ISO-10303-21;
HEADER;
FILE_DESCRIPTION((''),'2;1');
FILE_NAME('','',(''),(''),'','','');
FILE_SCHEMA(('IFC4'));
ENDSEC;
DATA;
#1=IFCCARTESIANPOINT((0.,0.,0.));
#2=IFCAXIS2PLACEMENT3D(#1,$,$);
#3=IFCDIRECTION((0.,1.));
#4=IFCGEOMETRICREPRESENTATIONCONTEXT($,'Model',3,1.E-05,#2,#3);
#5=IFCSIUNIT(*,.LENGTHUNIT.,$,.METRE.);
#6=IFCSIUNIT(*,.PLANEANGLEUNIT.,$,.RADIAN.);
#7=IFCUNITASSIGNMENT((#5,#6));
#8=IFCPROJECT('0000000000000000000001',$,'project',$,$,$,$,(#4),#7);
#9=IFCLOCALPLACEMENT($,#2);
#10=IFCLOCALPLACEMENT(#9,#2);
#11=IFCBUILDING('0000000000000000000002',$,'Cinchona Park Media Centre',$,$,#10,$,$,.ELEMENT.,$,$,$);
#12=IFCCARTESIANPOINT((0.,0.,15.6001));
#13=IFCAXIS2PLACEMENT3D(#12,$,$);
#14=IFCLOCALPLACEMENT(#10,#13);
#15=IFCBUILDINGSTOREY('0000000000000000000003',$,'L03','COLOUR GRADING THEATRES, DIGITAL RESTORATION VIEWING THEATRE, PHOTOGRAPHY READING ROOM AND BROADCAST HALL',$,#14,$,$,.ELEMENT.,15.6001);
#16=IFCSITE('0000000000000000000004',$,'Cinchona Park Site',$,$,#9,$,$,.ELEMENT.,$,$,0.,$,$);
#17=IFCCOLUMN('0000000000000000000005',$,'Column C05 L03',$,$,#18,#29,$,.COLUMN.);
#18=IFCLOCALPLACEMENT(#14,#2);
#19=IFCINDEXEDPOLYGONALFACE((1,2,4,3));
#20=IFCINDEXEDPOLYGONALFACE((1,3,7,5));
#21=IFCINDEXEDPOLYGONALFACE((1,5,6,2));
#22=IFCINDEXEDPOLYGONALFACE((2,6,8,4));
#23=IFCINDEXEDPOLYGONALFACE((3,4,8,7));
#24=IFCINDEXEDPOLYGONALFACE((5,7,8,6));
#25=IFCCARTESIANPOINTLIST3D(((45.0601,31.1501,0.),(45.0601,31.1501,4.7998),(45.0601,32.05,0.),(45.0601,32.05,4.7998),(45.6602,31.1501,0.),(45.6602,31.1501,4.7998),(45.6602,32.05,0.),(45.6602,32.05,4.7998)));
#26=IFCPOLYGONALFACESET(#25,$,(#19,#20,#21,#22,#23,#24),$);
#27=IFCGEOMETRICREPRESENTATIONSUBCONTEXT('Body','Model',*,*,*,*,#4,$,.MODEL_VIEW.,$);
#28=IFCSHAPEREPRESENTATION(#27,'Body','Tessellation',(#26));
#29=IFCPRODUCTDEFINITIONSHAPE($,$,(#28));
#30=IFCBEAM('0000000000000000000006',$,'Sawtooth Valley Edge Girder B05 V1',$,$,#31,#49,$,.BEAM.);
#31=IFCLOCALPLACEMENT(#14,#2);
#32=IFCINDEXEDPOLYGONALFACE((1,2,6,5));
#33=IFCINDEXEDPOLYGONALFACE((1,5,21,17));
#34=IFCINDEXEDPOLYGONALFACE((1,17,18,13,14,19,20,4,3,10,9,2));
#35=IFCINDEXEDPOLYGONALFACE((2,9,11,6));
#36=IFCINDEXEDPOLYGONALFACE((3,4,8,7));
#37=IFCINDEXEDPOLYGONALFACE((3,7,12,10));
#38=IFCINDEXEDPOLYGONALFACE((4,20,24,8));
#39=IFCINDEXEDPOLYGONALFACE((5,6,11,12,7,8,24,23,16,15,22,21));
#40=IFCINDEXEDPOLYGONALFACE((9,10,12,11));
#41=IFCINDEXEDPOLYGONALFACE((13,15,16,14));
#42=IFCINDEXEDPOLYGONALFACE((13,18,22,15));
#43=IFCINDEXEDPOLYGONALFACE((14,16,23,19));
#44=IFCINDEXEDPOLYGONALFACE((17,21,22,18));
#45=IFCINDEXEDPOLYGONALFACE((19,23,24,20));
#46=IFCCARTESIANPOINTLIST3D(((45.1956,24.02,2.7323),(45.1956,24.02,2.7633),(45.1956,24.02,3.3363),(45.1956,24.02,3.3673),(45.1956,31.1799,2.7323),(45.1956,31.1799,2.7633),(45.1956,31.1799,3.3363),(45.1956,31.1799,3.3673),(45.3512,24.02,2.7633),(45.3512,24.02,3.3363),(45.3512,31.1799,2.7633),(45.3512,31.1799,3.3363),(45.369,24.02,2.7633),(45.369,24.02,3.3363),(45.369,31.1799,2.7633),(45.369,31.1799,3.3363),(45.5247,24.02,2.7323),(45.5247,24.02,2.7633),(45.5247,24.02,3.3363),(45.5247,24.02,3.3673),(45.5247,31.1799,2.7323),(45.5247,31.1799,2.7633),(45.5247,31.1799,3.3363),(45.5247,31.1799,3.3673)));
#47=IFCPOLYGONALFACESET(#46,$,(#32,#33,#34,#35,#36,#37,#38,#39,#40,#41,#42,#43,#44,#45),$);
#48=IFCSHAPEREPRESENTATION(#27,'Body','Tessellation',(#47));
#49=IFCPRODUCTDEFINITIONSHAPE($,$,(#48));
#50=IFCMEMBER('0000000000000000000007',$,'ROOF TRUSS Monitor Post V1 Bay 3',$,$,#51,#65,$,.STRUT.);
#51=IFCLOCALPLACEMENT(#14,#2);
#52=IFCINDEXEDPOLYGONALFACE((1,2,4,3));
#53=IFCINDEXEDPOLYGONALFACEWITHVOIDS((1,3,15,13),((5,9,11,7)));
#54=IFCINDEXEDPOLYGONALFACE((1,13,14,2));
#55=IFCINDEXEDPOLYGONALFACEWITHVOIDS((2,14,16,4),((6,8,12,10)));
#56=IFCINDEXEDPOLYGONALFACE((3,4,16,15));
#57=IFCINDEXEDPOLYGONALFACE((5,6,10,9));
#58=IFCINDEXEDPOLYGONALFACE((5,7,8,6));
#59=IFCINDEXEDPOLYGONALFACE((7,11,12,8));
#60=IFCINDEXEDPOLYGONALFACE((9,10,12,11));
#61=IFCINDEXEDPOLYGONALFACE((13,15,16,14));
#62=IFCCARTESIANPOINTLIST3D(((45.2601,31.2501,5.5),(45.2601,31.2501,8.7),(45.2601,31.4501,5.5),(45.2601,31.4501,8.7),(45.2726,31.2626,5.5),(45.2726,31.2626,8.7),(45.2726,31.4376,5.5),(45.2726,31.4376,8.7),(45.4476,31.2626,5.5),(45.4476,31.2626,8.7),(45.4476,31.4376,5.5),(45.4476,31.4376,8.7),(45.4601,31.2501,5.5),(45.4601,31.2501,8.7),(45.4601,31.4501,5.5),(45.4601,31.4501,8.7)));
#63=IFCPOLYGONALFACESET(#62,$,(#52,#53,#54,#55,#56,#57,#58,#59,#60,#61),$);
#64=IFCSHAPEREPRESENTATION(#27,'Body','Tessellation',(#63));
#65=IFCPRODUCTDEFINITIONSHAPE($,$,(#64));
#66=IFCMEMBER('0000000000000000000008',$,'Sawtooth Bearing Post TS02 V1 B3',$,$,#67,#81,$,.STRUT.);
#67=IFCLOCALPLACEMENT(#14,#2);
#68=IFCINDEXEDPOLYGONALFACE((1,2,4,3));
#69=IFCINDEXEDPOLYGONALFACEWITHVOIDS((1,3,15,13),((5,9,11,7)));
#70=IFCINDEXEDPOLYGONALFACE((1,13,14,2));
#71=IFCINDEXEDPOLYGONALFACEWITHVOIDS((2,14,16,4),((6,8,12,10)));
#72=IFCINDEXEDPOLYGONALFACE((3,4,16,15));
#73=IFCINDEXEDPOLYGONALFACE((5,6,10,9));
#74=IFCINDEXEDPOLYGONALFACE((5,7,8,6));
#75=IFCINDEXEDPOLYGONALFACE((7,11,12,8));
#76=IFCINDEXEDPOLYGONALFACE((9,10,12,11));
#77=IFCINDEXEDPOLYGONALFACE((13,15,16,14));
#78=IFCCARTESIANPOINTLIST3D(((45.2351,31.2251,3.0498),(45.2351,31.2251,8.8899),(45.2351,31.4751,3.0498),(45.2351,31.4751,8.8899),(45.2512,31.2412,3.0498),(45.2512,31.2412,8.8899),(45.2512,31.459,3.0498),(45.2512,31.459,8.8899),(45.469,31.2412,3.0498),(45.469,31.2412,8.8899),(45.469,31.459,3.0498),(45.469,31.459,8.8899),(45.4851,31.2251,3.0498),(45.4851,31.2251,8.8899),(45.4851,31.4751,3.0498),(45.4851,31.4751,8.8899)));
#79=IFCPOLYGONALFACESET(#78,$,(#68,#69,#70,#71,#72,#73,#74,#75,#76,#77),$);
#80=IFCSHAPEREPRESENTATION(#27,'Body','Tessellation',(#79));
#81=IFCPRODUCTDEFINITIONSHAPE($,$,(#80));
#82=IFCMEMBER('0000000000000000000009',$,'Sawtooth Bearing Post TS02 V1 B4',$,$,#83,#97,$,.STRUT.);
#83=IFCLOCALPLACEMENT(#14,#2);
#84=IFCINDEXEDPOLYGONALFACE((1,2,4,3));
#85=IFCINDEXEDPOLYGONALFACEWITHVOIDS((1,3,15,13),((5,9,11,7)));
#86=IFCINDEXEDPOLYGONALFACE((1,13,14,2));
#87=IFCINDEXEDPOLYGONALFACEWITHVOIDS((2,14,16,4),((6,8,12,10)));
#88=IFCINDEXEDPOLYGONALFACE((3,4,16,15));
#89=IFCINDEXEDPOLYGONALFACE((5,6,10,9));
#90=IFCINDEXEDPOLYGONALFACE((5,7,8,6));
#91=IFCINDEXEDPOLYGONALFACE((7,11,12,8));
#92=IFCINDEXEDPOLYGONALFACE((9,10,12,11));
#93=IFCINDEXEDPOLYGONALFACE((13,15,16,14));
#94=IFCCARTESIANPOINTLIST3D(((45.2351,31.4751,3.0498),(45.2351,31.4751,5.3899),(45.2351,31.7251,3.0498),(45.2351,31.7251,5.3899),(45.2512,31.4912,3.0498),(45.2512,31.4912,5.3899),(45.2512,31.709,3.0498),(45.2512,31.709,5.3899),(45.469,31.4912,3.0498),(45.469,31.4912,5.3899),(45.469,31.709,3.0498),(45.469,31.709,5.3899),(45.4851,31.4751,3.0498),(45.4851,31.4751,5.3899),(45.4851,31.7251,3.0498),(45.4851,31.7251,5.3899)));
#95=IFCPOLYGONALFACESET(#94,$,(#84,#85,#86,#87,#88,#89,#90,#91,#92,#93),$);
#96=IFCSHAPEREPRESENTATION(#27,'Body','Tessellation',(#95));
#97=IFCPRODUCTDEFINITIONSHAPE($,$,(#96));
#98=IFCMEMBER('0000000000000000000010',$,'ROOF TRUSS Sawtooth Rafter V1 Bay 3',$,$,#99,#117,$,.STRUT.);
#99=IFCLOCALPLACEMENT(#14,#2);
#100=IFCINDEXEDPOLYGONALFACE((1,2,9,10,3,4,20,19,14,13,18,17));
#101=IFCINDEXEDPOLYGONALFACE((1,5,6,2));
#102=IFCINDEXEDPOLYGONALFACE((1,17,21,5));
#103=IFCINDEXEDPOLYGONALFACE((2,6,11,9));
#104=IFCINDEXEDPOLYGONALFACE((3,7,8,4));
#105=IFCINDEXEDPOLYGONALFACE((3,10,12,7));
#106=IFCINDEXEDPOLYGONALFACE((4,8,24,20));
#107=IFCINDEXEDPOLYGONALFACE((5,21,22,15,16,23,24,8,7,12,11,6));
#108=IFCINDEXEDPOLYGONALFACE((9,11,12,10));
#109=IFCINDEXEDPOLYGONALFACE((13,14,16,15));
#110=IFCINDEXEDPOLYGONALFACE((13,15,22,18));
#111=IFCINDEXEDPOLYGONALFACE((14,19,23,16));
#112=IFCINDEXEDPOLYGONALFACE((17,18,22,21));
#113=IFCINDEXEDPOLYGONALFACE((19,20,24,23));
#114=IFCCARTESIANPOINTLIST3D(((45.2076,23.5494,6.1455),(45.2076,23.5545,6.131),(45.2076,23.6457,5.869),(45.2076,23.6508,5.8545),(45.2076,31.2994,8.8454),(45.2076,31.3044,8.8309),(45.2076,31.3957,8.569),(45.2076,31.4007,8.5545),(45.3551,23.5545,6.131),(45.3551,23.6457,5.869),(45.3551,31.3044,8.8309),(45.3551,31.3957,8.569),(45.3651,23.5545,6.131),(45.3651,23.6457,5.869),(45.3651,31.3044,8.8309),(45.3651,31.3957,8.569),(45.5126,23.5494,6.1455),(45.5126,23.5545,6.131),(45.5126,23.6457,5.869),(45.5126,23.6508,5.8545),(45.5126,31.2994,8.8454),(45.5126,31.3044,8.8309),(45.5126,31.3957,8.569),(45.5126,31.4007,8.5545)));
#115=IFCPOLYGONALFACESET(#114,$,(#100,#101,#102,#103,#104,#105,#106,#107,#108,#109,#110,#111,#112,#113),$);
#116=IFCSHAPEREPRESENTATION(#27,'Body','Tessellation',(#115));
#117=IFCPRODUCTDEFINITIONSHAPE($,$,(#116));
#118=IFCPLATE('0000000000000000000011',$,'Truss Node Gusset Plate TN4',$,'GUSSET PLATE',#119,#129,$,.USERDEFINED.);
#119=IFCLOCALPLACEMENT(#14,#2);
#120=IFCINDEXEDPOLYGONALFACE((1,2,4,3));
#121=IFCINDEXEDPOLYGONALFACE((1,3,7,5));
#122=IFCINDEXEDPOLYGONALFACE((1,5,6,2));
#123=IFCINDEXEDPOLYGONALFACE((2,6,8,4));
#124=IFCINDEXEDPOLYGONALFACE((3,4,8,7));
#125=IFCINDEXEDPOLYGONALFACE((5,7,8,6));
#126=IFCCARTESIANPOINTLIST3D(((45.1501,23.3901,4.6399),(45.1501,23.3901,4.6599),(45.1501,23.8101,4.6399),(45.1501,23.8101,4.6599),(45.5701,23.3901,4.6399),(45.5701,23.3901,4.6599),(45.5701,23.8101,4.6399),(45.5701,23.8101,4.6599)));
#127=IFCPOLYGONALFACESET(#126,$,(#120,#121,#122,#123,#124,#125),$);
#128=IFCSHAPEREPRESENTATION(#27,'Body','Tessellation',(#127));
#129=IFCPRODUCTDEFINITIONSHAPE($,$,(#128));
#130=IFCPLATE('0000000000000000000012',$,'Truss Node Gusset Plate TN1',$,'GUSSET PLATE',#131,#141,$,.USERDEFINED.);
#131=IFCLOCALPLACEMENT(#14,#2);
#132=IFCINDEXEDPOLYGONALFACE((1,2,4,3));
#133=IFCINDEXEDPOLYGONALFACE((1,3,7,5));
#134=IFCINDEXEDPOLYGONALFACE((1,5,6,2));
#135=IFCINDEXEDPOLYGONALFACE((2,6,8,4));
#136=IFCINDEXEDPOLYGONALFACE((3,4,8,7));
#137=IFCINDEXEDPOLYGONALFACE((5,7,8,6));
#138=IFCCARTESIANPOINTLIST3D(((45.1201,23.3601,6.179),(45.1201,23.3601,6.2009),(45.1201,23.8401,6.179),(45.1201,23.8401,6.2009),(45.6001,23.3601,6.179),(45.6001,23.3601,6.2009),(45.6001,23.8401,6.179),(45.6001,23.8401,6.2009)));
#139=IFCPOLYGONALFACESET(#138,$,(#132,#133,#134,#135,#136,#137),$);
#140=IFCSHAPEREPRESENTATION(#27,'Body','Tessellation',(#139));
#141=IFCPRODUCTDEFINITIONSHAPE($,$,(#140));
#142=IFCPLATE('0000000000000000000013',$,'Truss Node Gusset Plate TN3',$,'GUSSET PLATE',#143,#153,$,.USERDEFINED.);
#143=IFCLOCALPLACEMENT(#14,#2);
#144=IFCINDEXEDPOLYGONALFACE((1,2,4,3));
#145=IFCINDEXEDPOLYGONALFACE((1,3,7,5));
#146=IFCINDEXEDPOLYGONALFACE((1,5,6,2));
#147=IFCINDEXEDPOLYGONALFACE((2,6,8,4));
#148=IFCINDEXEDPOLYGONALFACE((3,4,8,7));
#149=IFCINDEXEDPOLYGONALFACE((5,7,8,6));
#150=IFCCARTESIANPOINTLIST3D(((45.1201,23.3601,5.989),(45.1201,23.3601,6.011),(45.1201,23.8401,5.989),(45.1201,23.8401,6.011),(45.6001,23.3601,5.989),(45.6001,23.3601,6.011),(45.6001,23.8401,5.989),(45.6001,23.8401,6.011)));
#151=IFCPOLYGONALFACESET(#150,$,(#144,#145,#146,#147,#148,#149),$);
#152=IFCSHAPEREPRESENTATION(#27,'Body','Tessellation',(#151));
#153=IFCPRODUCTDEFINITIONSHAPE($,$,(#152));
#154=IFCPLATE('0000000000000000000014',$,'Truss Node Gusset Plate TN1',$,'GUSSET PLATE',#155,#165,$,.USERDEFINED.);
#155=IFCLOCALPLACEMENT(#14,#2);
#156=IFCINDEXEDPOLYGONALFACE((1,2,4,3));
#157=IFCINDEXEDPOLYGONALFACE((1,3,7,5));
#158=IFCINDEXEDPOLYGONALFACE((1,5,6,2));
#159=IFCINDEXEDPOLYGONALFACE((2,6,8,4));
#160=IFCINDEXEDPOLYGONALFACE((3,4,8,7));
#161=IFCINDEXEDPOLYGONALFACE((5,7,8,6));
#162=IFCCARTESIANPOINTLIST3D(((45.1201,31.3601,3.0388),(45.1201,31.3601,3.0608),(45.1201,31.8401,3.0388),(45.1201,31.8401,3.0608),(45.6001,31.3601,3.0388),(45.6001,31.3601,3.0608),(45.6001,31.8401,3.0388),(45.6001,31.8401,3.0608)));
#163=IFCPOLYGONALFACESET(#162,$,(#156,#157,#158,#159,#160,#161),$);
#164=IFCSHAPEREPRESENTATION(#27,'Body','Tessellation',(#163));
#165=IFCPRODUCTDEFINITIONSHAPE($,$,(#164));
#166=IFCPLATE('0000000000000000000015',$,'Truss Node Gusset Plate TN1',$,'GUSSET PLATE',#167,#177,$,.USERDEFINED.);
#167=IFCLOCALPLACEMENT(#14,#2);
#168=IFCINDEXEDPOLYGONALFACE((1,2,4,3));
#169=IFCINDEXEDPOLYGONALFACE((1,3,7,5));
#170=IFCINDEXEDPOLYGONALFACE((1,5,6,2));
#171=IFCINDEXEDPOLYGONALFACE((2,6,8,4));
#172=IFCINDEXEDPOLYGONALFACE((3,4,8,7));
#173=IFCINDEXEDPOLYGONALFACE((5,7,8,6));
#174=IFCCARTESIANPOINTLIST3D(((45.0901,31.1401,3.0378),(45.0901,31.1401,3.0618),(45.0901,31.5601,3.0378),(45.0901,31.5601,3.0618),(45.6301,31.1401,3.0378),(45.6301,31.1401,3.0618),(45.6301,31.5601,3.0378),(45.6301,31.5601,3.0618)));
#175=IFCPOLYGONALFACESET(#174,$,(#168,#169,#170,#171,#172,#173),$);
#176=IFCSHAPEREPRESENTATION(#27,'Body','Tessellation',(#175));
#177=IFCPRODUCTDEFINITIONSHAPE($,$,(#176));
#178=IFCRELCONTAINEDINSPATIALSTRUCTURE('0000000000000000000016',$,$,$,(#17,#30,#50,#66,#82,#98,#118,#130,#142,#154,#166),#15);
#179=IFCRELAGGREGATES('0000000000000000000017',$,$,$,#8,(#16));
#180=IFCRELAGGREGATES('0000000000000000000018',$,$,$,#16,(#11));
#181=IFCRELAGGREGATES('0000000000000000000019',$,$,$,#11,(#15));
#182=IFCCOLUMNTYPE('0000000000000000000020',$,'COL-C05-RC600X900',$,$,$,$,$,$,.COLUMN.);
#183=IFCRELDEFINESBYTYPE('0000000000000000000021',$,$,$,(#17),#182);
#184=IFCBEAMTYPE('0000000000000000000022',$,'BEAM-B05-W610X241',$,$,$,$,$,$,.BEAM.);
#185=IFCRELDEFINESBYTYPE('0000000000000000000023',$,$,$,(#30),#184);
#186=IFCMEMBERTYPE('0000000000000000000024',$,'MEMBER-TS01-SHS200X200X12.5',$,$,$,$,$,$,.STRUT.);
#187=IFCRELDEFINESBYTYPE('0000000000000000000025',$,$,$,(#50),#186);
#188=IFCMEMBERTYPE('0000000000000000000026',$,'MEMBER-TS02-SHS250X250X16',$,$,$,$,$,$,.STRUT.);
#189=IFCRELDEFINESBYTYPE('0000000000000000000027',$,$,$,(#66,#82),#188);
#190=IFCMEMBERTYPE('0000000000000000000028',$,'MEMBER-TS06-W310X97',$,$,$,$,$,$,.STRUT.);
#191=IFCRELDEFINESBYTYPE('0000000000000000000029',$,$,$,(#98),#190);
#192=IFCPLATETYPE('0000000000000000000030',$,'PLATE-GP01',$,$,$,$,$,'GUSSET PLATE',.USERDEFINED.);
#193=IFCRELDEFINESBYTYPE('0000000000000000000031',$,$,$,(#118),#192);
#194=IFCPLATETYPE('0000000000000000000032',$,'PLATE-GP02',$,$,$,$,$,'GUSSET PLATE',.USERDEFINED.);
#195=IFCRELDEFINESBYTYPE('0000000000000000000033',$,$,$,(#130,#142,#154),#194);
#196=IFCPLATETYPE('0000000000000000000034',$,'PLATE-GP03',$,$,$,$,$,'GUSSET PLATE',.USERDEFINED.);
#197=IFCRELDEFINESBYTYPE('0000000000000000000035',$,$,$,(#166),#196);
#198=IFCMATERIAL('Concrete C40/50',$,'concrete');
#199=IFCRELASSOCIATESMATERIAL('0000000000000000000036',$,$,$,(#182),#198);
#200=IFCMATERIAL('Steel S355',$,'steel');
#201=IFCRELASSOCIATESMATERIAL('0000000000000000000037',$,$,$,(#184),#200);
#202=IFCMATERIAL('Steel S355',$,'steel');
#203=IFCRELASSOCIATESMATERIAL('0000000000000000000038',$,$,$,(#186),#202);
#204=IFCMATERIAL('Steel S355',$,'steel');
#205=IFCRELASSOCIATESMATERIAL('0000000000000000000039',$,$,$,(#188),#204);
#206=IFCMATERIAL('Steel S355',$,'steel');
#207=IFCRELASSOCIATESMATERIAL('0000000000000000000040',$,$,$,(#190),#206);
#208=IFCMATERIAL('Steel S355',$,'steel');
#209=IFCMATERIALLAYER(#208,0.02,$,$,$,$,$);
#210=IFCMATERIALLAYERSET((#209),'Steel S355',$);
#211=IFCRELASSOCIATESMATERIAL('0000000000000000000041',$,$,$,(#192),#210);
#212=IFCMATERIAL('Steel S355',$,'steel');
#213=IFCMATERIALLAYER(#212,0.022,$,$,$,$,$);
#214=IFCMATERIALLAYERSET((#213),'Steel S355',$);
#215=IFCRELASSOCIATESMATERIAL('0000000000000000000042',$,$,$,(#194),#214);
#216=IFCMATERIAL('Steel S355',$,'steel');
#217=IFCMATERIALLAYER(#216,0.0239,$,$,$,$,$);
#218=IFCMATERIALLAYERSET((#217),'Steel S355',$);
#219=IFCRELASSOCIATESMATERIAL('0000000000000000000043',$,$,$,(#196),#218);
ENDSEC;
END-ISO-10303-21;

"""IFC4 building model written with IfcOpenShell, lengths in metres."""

from ifc_helpers import new_model, si_unit, direction, frame, origin, origin_2d, place, context, subcontext, project, spatial, rectangle, hollow_rectangle, i_section, extrude, material, layer, layer_set, material_profile, profile_set, type_object, element, save


model = new_model("IFC4")

# Units and contexts
model_context = context("Model", 3, precision=1e-05, world=origin(), true_north=direction((0.0, 1.0)))
body_context = subcontext(model_context, "Body", "Model", "MODEL_VIEW")
ifc_project = project(units=[si_unit("LENGTHUNIT", "METRE"), si_unit("PLANEANGLEUNIT", "RADIAN")], contexts=[model_context])

# Site, building, storey
site_placement = place(None, origin())
site = spatial("IfcSite", under=ifc_project, at=site_placement, Name="Cinchona Park Site", CompositionType="ELEMENT", RefElevation=0.0)
building_placement = place(site_placement, origin())
building = spatial("IfcBuilding", under=site, at=building_placement, Name="Cinchona Park Media Centre", CompositionType="ELEMENT")
storey_placement = place(building_placement, frame((0.0, 0.0, 15.6001)))
storey = spatial("IfcBuildingStorey", under=building, at=storey_placement, Name="L03", Description="COLOUR GRADING THEATRES, DIGITAL RESTORATION VIEWING THEATRE, PHOTOGRAPHY READING ROOM AND BROADCAST HALL", CompositionType="ELEMENT", Elevation=15.6001)

# Column
ifc_material_1 = material(Name="Concrete C40/50", Category="concrete")
ifc_material_profile_1 = material_profile(ifc_material_1, rectangle(XDim=0.6001, YDim=0.8999, at=origin_2d()), Name="RC 600X900")
ifc_profile_set_1 = profile_set([ifc_material_profile_1], Name="Concrete C40/50")
column_type = type_object("IfcColumnType", Name="COL-C05-RC600X900", PredefinedType="COLUMN", material=ifc_profile_set_1)
column_placement = place(storey_placement, frame((45.3601, 31.6001, 0.0), z_axis=(0.0, 0.0, 1.0), x_axis=(1.0, 0.0, 0.0)))
element("IfcColumn", 1, at=column_placement, inside=storey, type_object=column_type, Name="Column C05 L03", PredefinedType="COLUMN", context=body_context, shape_type="SweptSolid", body=[
    extrude(rectangle(XDim=0.6001, YDim=0.8999, at=origin_2d()), origin(), (0.0, 0.0, 1.0), 4.7998),
])

# Beam
ifc_material_2 = material(Name="Steel S355", Category="steel")
ifc_material_profile_2 = material_profile(ifc_material_2, i_section(OverallWidth=0.3291, OverallDepth=0.635, WebThickness=0.0178, FlangeThickness=0.031, at=origin_2d()), Name="W610X241")
ifc_profile_set_2 = profile_set([ifc_material_profile_2], Name="Steel S355")
beam_type = type_object("IfcBeamType", Name="BEAM-B05-W610X241", PredefinedType="BEAM", material=ifc_profile_set_2)
beam_placement = place(storey_placement, frame((45.3601, 24.02, 3.0498), z_axis=(0.0, 1.0, 0.0), x_axis=(-1.0, 0.0, 0.0)))
element("IfcBeam", 2, at=beam_placement, inside=storey, type_object=beam_type, Name="Sawtooth Valley Edge Girder B05 V1", PredefinedType="BEAM", context=body_context, shape_type="SweptSolid", body=[
    extrude(i_section(OverallWidth=0.3291, OverallDepth=0.635, WebThickness=0.0178, FlangeThickness=0.031, at=origin_2d()), origin(), (0.0, 0.0, 1.0), 7.1599),
])

# Members
ifc_material_3 = material(Name="Steel S355", Category="steel")
ifc_material_profile_3 = material_profile(ifc_material_3, hollow_rectangle(XDim=0.2, YDim=0.2, WallThickness=0.0125, at=origin_2d()), Name="200X200X12.5SHS")
ifc_profile_set_3 = profile_set([ifc_material_profile_3], Name="Steel S355")
member_type_1 = type_object("IfcMemberType", Name="MEMBER-TS01-SHS200X200X12.5", PredefinedType="STRUT", material=ifc_profile_set_3)
member_1_placement = place(storey_placement, frame((45.3601, 31.3501, 5.5), z_axis=(0.0, 0.0, 1.0), x_axis=(1.0, 0.0, 0.0)))
element("IfcMember", 3, at=member_1_placement, inside=storey, type_object=member_type_1, Name="ROOF TRUSS Monitor Post V1 Bay 3", PredefinedType="STRUT", context=body_context, shape_type="SweptSolid", body=[
    extrude(hollow_rectangle(XDim=0.2, YDim=0.2, WallThickness=0.0125, at=origin_2d()), origin(), (0.0, 0.0, 1.0), 3.2),
])
ifc_material_4 = material(Name="Steel S355", Category="steel")
ifc_material_profile_4 = material_profile(ifc_material_4, hollow_rectangle(XDim=0.25, YDim=0.25, WallThickness=0.0161, at=origin_2d()), Name="250X250X16SHS")
ifc_profile_set_4 = profile_set([ifc_material_profile_4], Name="Steel S355")
member_type_2 = type_object("IfcMemberType", Name="MEMBER-TS02-SHS250X250X16", PredefinedType="STRUT", material=ifc_profile_set_4)
member_2_placement = place(storey_placement, frame((45.3601, 31.3501, 3.0498), z_axis=(0.0, 0.0, 1.0), x_axis=(1.0, 0.0, 0.0)))
element("IfcMember", 4, at=member_2_placement, inside=storey, type_object=member_type_2, Name="Sawtooth Bearing Post TS02 V1 B3", PredefinedType="STRUT", context=body_context, shape_type="SweptSolid", body=[
    extrude(hollow_rectangle(XDim=0.25, YDim=0.25, WallThickness=0.0161, at=origin_2d()), origin(), (0.0, 0.0, 1.0), 5.8401),
])
member_3_placement = place(storey_placement, frame((45.3601, 31.6001, 3.0498), z_axis=(0.0, 0.0, 1.0), x_axis=(1.0, 0.0, 0.0)))
element("IfcMember", 5, at=member_3_placement, inside=storey, type_object=member_type_2, Name="Sawtooth Bearing Post TS02 V1 B4", PredefinedType="STRUT", context=body_context, shape_type="SweptSolid", body=[
    extrude(hollow_rectangle(XDim=0.25, YDim=0.25, WallThickness=0.0161, at=origin_2d()), origin(), (0.0, 0.0, 1.0), 2.3401),
])
ifc_material_5 = material(Name="Steel S355", Category="steel")
ifc_material_profile_5 = material_profile(ifc_material_5, i_section(OverallWidth=0.3049, OverallDepth=0.3081, WebThickness=0.01, FlangeThickness=0.0154, at=origin_2d()), Name="W310X97")
ifc_profile_set_5 = profile_set([ifc_material_profile_5], Name="Steel S355")
member_type_3 = type_object("IfcMemberType", Name="MEMBER-TS06-W310X97", PredefinedType="STRUT", material=ifc_profile_set_5)
member_4_placement = place(storey_placement, frame((45.3601, 23.6001, 6.0), z_axis=(0.0, 0.944334, 0.328988), x_axis=(-1.0, 0.0, 0.0)))
element("IfcMember", 6, at=member_4_placement, inside=storey, type_object=member_type_3, Name="ROOF TRUSS Sawtooth Rafter V1 Bay 3", PredefinedType="STRUT", context=body_context, shape_type="SweptSolid", body=[
    extrude(i_section(OverallWidth=0.3049, OverallDepth=0.3081, WebThickness=0.01, FlangeThickness=0.0154, at=origin_2d()), origin(), (0.0, 0.0, 1.0), 8.2068),
])

# Plates
ifc_material_6 = material(Name="Steel S355", Category="steel")
ifc_layer_1 = layer(ifc_material_6, 0.02)
ifc_layer_set_1 = layer_set([ifc_layer_1], Name="Steel S355")
plate_type_1 = type_object("IfcPlateType", Name="PLATE-GP01", ElementType="GUSSET PLATE", PredefinedType="USERDEFINED", material=ifc_layer_set_1)
plate_placement = place(storey_placement, frame((45.3601, 23.6001, 4.6399), z_axis=(0.0, 0.0, 1.0), x_axis=(1.0, 0.0, 0.0)))
element("IfcPlate", 7, at=plate_placement, inside=storey, type_object=plate_type_1, Name="Truss Node Gusset Plate TN4", ObjectType="GUSSET PLATE", PredefinedType="USERDEFINED", context=body_context, shape_type="SweptSolid", body=[
    extrude(rectangle(XDim=0.4199, YDim=0.4199, at=origin_2d()), origin(), (0.0, 0.0, 1.0), 0.02),
])
ifc_material_7 = material(Name="Steel S355", Category="steel")
ifc_layer_2 = layer(ifc_material_7, 0.022)
ifc_layer_set_2 = layer_set([ifc_layer_2], Name="Steel S355")
plate_type_2 = type_object("IfcPlateType", Name="PLATE-GP02", ElementType="GUSSET PLATE", PredefinedType="USERDEFINED", material=ifc_layer_set_2)
for number, where, z_axis, x_axis, name in (
    (8, (45.3601, 23.6001, 6.179), (0.0, 0.0, 1.0), (1.0, 0.0, 0.0), "Truss Node Gusset Plate TN1"),
    (9, (45.3601, 23.6001, 5.989), (0.0, 0.0, 1.0), (1.0, 0.0, 0.0), "Truss Node Gusset Plate TN3"),
    (10, (45.3601, 31.6001, 3.0388), (0.0, 0.0, 1.0), (1.0, 0.0, 0.0), "Truss Node Gusset Plate TN1"),
):
    element("IfcPlate", number, at=place(storey_placement, frame(where, z_axis=z_axis, x_axis=x_axis)), inside=storey, type_object=plate_type_2, Name=name, ObjectType="GUSSET PLATE", PredefinedType="USERDEFINED", context=body_context, shape_type="SweptSolid", body=[
        extrude(rectangle(XDim=0.48, YDim=0.48, at=origin_2d()), origin(), (0.0, 0.0, 1.0), 0.022),
    ])
ifc_material_8 = material(Name="Steel S355", Category="steel")
ifc_layer_3 = layer(ifc_material_8, 0.0239)
ifc_layer_set_3 = layer_set([ifc_layer_3], Name="Steel S355")
plate_type_3 = type_object("IfcPlateType", Name="PLATE-GP03", ElementType="GUSSET PLATE", PredefinedType="USERDEFINED", material=ifc_layer_set_3)
for number, where, z_axis, x_axis, name in (
    (11, (45.3601, 31.3501, 3.0378), (0.0, 0.0, 1.0), (1.0, 0.0, 0.0), "Truss Node Gusset Plate TN1"),
):
    element("IfcPlate", number, at=place(storey_placement, frame(where, z_axis=z_axis, x_axis=x_axis)), inside=storey, type_object=plate_type_3, Name=name, ObjectType="GUSSET PLATE", PredefinedType="USERDEFINED", context=body_context, shape_type="SweptSolid", body=[
        extrude(rectangle(XDim=0.54, YDim=0.4199, at=origin_2d()), origin(), (0.0, 0.0, 1.0), 0.0239),
    ])

save(model, "model.ifc")
